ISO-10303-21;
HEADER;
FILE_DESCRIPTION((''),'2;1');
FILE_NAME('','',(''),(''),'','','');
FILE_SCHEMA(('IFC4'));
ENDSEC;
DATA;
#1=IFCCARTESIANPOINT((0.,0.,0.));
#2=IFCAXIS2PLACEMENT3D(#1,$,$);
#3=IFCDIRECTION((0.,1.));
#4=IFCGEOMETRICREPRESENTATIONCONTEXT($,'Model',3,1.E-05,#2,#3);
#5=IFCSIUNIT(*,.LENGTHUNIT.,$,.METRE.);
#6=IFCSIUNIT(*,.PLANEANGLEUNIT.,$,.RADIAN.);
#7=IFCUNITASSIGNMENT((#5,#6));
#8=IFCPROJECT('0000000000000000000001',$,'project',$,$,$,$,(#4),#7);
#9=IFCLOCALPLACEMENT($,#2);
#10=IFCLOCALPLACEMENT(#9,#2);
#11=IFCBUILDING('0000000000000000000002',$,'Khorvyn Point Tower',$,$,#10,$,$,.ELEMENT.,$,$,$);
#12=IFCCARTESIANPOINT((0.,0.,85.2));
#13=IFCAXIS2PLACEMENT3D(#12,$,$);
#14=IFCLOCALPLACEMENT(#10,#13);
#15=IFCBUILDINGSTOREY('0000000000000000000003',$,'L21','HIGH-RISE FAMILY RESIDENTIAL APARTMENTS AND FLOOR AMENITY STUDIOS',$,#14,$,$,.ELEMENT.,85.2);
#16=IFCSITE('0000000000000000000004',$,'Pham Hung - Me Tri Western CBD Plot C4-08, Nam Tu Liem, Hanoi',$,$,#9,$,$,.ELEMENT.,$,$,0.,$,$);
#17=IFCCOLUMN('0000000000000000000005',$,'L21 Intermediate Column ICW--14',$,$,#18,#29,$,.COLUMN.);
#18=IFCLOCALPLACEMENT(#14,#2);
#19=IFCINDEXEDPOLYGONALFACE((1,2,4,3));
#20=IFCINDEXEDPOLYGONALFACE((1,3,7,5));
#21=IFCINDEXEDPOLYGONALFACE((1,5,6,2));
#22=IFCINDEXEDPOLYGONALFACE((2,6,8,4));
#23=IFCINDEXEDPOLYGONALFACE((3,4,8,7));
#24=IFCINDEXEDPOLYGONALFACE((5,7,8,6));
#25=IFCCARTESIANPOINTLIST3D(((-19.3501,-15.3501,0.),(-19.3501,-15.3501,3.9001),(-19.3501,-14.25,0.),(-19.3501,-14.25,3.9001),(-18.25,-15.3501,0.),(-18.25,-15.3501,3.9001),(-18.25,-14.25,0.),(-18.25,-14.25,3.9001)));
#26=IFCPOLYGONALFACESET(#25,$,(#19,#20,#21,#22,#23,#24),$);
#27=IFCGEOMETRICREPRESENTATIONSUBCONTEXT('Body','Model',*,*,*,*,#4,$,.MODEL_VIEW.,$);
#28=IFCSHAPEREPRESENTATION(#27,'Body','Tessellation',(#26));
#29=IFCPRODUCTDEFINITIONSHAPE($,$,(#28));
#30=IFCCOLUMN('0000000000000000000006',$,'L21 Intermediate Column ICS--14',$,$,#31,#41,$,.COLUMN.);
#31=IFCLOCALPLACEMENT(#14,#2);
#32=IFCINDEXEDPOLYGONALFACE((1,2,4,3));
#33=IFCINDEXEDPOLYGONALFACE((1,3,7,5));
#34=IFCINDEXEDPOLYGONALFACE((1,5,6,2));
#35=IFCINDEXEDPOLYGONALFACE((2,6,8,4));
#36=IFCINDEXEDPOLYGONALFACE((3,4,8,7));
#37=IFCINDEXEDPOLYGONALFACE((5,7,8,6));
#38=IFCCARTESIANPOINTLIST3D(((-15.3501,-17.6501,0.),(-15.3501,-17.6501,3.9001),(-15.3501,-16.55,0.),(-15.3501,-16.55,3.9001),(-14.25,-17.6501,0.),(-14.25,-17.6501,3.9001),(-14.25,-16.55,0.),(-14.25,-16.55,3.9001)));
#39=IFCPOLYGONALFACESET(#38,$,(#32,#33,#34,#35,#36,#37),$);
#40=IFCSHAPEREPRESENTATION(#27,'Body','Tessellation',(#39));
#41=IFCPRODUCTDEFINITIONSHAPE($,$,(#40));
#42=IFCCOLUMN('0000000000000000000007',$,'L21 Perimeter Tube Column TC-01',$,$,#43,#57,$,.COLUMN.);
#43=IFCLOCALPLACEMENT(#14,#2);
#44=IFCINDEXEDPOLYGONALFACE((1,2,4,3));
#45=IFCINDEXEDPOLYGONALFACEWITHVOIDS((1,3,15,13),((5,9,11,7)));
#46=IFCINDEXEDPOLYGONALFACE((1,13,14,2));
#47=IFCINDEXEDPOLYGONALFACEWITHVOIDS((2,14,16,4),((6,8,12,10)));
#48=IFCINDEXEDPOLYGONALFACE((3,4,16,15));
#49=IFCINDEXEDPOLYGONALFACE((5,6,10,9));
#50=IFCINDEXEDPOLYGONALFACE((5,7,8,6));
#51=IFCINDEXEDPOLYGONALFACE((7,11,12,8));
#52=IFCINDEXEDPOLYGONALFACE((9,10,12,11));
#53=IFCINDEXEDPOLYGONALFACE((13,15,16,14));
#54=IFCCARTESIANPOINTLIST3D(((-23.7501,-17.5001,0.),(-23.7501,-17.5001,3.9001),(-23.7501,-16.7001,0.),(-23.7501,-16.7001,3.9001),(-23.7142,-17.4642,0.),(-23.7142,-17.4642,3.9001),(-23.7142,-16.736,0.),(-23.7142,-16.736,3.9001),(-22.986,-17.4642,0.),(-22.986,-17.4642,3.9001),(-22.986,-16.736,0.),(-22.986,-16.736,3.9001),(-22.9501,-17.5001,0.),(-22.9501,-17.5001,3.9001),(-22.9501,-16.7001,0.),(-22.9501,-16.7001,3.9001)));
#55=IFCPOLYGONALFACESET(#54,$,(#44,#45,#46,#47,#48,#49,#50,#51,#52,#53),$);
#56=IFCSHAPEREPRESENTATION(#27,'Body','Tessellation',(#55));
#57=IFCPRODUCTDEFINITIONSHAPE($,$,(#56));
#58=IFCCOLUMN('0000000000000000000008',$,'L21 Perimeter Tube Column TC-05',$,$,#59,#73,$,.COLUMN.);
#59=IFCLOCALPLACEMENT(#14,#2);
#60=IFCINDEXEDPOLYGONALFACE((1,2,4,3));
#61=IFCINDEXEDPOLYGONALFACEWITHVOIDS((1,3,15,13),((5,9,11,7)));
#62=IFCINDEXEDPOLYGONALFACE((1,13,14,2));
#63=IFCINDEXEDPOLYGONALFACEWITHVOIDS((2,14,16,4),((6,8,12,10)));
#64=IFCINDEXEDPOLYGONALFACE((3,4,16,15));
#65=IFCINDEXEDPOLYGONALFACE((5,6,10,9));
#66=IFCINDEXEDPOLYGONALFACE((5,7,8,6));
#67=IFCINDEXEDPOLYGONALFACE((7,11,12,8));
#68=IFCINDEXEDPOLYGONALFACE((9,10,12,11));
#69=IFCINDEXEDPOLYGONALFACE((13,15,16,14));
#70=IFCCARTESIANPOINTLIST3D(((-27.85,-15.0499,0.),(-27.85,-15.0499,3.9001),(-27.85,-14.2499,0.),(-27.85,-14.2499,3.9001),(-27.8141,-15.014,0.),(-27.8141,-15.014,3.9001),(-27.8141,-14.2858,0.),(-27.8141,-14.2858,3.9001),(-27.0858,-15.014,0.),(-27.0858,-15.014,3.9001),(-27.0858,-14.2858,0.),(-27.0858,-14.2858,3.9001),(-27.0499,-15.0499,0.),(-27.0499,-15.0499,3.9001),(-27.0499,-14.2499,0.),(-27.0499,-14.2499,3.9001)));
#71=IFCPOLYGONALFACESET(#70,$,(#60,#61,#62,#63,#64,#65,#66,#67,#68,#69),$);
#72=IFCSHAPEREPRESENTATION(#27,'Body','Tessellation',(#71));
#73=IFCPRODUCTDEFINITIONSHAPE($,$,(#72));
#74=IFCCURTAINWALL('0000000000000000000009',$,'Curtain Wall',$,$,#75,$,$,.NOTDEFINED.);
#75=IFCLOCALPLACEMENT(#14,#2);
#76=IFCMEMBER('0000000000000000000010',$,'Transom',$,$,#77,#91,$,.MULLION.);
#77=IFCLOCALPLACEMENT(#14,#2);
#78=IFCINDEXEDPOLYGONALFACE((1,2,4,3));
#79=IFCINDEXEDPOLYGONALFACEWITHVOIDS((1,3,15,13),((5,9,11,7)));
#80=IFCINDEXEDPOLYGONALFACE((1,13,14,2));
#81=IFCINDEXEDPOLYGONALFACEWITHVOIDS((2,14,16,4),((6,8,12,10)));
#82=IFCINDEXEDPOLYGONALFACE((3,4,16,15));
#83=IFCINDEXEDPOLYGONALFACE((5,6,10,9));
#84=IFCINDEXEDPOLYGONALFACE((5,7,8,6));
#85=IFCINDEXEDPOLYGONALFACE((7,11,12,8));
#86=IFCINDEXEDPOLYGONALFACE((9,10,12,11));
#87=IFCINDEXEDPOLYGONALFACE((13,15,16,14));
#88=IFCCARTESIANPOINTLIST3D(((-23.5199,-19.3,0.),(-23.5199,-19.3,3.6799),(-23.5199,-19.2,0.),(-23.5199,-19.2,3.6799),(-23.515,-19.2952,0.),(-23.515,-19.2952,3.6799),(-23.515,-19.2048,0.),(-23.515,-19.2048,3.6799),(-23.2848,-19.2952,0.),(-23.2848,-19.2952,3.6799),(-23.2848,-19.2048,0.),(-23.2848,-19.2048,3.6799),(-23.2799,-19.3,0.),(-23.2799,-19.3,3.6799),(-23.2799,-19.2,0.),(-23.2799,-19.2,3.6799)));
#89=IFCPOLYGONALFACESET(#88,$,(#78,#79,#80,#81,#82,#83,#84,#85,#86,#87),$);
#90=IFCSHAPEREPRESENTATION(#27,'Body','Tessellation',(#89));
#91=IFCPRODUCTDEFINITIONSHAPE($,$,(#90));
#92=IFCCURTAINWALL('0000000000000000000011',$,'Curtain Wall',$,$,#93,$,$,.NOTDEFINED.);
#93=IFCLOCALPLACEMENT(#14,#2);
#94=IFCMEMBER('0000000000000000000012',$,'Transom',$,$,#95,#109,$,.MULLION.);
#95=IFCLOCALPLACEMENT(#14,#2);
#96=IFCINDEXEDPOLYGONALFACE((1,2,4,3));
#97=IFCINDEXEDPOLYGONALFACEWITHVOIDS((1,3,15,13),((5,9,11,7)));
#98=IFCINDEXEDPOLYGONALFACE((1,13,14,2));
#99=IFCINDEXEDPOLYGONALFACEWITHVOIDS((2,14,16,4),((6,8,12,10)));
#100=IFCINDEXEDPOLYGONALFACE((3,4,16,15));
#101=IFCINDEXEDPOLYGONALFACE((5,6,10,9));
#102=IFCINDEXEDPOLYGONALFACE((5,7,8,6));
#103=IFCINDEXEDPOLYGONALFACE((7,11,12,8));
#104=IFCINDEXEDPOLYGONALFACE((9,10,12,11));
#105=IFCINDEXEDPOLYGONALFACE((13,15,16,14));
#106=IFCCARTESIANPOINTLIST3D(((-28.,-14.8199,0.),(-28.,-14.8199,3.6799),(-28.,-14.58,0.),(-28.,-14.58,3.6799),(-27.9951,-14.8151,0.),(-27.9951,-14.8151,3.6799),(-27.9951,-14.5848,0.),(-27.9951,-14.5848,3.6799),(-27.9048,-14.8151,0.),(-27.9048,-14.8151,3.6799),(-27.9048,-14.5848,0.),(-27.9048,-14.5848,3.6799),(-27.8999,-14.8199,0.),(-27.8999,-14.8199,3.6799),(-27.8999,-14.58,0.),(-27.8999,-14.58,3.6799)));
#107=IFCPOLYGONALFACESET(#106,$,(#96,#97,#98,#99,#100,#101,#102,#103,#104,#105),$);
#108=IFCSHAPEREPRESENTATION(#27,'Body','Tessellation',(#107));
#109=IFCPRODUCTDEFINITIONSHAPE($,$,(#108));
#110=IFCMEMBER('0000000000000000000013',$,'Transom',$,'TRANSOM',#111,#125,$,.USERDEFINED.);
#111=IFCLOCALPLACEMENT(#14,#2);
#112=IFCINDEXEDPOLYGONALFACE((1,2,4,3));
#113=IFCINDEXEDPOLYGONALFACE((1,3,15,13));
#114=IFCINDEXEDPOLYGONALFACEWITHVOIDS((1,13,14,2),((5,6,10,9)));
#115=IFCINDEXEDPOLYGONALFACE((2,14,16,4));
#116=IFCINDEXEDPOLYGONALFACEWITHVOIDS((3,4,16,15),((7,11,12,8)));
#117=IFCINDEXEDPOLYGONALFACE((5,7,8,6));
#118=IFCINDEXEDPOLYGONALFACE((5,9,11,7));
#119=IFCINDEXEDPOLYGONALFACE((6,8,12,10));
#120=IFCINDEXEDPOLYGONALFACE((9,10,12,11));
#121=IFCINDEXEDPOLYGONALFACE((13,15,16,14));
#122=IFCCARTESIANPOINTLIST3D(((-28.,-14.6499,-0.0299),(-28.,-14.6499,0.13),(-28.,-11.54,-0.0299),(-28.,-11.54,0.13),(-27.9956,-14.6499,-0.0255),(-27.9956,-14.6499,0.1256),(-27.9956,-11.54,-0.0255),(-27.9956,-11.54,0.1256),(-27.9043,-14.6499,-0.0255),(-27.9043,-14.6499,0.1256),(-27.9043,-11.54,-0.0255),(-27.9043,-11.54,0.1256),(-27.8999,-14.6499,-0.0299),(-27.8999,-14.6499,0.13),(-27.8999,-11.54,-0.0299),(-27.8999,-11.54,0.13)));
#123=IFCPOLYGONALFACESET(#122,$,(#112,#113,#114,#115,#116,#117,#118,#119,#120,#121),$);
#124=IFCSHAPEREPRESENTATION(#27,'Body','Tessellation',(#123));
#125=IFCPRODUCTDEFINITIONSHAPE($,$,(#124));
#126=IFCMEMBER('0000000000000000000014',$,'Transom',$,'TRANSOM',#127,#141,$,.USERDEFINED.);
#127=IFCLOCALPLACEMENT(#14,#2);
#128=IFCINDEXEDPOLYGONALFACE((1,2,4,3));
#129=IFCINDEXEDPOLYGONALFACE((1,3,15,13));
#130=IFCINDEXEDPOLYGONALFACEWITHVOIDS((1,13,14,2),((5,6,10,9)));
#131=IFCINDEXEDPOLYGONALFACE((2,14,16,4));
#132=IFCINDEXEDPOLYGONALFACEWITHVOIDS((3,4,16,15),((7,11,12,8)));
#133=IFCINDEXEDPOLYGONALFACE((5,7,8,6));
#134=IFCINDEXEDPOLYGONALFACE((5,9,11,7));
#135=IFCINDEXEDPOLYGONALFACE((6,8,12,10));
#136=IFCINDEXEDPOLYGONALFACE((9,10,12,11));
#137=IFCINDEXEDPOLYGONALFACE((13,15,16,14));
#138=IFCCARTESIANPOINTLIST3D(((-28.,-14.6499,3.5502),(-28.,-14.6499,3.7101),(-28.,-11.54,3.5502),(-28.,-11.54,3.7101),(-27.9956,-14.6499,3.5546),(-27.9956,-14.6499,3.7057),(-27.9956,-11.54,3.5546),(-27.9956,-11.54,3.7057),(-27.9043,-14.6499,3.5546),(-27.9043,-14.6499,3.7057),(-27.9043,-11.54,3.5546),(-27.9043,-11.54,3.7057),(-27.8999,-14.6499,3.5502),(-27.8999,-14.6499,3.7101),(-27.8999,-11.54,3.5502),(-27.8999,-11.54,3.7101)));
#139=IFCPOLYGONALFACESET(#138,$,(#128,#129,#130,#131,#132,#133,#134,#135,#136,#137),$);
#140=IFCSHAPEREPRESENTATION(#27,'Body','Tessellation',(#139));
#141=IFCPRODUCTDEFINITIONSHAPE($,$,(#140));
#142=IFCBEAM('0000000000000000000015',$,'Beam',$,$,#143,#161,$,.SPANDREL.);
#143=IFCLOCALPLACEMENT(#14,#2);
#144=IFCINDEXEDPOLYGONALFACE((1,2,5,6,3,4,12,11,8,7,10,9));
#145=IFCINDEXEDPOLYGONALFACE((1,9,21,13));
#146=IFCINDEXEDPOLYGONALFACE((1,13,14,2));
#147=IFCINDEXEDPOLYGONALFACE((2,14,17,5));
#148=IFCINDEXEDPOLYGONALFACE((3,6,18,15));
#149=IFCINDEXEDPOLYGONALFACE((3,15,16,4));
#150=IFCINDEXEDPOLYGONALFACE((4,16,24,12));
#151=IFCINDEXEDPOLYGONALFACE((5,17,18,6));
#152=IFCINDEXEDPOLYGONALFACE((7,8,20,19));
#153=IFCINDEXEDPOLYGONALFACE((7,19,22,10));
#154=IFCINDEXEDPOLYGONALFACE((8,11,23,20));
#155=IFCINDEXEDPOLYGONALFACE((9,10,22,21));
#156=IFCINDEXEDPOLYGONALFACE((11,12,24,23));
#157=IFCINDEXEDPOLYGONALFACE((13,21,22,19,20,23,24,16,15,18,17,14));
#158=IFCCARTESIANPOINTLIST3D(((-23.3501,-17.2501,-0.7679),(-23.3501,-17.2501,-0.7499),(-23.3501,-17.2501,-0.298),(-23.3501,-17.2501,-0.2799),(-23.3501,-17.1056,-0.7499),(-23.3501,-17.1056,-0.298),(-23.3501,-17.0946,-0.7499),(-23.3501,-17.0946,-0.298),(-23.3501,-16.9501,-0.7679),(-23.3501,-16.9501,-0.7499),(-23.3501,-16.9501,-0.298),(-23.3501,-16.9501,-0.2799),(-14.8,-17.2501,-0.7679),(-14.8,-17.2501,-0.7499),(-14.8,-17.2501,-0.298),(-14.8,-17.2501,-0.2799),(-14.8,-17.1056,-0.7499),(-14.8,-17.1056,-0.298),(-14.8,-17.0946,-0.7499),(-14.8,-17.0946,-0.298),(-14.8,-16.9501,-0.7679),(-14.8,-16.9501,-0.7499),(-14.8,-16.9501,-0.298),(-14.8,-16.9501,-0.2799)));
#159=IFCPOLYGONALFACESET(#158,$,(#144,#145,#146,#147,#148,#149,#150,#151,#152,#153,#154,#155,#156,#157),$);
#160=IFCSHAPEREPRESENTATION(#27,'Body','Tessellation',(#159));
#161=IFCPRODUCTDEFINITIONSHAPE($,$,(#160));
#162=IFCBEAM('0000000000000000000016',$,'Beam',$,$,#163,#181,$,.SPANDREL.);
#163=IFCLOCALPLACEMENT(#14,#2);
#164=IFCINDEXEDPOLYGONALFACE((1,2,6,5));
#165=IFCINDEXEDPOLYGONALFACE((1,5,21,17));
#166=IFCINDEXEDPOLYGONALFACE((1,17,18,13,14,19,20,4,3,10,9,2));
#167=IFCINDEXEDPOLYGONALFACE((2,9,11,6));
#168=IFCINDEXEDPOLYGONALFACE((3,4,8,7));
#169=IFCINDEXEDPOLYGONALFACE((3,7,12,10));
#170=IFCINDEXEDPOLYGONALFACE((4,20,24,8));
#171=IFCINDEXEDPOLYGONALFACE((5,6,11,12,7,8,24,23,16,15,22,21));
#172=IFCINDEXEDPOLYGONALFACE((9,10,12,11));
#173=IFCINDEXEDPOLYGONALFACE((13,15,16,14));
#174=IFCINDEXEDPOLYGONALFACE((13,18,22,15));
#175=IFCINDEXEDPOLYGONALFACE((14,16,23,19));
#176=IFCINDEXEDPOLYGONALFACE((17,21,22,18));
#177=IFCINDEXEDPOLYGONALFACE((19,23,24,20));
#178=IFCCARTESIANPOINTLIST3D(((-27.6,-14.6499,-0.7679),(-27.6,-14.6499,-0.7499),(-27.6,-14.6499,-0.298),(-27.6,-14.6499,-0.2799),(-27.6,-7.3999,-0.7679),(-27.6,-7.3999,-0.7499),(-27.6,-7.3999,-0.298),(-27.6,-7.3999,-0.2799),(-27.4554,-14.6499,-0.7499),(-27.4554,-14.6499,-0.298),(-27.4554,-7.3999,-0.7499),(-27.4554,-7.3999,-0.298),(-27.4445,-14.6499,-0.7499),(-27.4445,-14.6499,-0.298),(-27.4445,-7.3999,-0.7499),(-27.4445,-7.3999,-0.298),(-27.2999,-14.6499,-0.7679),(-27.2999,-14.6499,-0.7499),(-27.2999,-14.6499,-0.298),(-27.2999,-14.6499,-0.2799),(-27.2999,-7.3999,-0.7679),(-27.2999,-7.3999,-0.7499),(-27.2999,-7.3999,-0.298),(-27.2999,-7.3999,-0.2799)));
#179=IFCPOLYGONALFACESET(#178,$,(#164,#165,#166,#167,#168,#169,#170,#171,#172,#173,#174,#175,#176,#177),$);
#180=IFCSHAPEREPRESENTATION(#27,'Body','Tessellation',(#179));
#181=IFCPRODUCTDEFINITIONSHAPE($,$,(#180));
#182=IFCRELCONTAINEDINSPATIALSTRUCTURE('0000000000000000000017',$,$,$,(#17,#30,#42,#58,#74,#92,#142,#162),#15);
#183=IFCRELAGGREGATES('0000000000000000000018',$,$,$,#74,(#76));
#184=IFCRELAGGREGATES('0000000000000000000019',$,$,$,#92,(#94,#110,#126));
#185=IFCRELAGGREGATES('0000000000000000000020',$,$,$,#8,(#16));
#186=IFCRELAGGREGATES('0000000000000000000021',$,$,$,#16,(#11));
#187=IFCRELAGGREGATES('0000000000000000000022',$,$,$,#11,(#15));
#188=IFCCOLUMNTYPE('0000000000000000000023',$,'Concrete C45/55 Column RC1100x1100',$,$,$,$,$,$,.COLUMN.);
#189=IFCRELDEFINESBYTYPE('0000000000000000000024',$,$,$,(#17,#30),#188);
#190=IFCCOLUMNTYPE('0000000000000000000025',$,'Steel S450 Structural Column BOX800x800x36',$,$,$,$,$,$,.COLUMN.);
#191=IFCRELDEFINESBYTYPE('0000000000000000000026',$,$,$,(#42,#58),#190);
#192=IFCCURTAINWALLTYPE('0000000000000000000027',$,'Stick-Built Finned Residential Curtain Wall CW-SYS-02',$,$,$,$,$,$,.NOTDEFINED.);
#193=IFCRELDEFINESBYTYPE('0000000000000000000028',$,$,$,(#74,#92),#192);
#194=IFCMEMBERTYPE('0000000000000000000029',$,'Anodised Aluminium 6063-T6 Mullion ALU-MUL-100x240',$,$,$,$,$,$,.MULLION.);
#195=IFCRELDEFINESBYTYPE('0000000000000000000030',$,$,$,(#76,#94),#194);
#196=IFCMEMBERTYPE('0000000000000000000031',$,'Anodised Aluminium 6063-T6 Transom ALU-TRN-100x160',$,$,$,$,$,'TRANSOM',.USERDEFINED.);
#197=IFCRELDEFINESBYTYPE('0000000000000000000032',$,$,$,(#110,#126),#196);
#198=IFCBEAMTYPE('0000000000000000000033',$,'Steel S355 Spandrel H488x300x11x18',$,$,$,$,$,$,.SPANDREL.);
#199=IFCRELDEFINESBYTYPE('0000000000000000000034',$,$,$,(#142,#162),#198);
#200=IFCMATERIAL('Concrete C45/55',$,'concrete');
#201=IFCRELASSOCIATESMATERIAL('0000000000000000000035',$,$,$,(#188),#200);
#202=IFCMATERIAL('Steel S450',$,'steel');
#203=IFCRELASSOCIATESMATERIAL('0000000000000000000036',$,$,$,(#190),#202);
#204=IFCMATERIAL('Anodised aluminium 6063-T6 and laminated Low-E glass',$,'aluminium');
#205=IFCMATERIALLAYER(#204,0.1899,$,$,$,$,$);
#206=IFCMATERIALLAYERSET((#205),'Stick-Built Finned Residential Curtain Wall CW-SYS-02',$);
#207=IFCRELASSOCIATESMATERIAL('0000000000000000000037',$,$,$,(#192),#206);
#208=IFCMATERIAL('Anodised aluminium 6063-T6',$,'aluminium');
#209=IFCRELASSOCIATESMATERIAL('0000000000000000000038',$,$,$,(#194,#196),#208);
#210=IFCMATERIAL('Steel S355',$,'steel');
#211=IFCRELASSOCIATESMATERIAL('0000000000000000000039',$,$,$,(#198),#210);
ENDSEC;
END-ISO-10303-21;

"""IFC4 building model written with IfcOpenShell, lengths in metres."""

from ifc_helpers import new_model, si_unit, direction, frame, origin, origin_2d, place, context, subcontext, project, spatial, rectangle, hollow_rectangle, i_section, extrude, material, layer, layer_set, material_profile, profile_set, type_object, element, aggregate, save


model = new_model("IFC4")

# Units and contexts
model_context = context("Model", 3, precision=1e-05, world=origin(), true_north=direction((0.0, 1.0)))
body_context = subcontext(model_context, "Body", "Model", "MODEL_VIEW")
ifc_project = project(units=[si_unit("LENGTHUNIT", "METRE"), si_unit("PLANEANGLEUNIT", "RADIAN")], contexts=[model_context])

# Site, building, storey
site_placement = place(None, origin())
site = spatial("IfcSite", under=ifc_project, at=site_placement, Name="Pham Hung - Me Tri Western CBD Plot C4-08, Nam Tu Liem, Hanoi", CompositionType="ELEMENT", RefElevation=0.0)
building_placement = place(site_placement, origin())
building = spatial("IfcBuilding", under=site, at=building_placement, Name="Khorvyn Point Tower", CompositionType="ELEMENT")
storey_placement = place(building_placement, frame((0.0, 0.0, 85.2)))
storey = spatial("IfcBuildingStorey", under=building, at=storey_placement, Name="L21", Description="HIGH-RISE FAMILY RESIDENTIAL APARTMENTS AND FLOOR AMENITY STUDIOS", CompositionType="ELEMENT", Elevation=85.2)

# Columns
ifc_material_1 = material(Name="Concrete C45/55", Category="concrete")
ifc_material_profile_1 = material_profile(ifc_material_1, rectangle(XDim=1.1001, YDim=1.1001, at=origin_2d()))
ifc_profile_set_1 = profile_set([ifc_material_profile_1], Name="Concrete C45/55 RC1100x1100")
column_type_1 = type_object("IfcColumnType", Name="Concrete C45/55 Column RC1100x1100", PredefinedType="COLUMN", material=ifc_profile_set_1)
for number, where, z_axis, x_axis, name in (
    (1, (-18.8, -14.8, 0.0), (0.0, 0.0, 1.0), (1.0, 0.0, 0.0), "L21 Intermediate Column ICW--14"),
    (2, (-14.8, -17.1001, 0.0), (0.0, 0.0, 1.0), (1.0, 0.0, 0.0), "L21 Intermediate Column ICS--14"),
):
    element("IfcColumn", number, at=place(storey_placement, frame(where, z_axis=z_axis, x_axis=x_axis)), inside=storey, type_object=column_type_1, Name=name, PredefinedType="COLUMN", context=body_context, shape_type="SweptSolid", body=[
        extrude(rectangle(XDim=1.1001, YDim=1.1001, at=origin_2d()), origin(), (0.0, 0.0, 1.0), 3.9001),
    ])
ifc_material_2 = material(Name="Steel S450", Category="steel")
ifc_material_profile_2 = material_profile(ifc_material_2, hollow_rectangle(XDim=0.8, YDim=0.8, WallThickness=0.0359, at=origin_2d()))
ifc_profile_set_2 = profile_set([ifc_material_profile_2], Name="Steel S450 BOX800x800x36")
column_type_2 = type_object("IfcColumnType", Name="Steel S450 Structural Column BOX800x800x36", PredefinedType="COLUMN", material=ifc_profile_set_2)
for number, where, z_axis, x_axis, name in (
    (3, (-23.3501, -17.1001, 0.0), (0.0, 0.0, 1.0), (1.0, 0.0, 0.0), "L21 Perimeter Tube Column TC-01"),
    (4, (-27.45, -14.6499, 0.0), (0.0, 0.0, 1.0), (1.0, 0.0, 0.0), "L21 Perimeter Tube Column TC-05"),
):
    element("IfcColumn", number, at=place(storey_placement, frame(where, z_axis=z_axis, x_axis=x_axis)), inside=storey, type_object=column_type_2, Name=name, PredefinedType="COLUMN", context=body_context, shape_type="SweptSolid", body=[
        extrude(hollow_rectangle(XDim=0.8, YDim=0.8, WallThickness=0.0359, at=origin_2d()), origin(), (0.0, 0.0, 1.0), 3.9001),
    ])

# Curtain wall, member
ifc_material_3 = material(Name="Anodised aluminium 6063-T6 and laminated Low-E glass", Category="aluminium")
ifc_layer_1 = layer(ifc_material_3, 0.1899)
ifc_layer_set_1 = layer_set([ifc_layer_1], Name="Stick-Built Finned Residential Curtain Wall CW-SYS-02")
curtain_wall_type = type_object("IfcCurtainWallType", Name="Stick-Built Finned Residential Curtain Wall CW-SYS-02", PredefinedType="NOTDEFINED", material=ifc_layer_set_1)
curtain_wall_1_placement = place(storey_placement, origin())
curtain_wall_1 = element("IfcCurtainWall", 5, at=curtain_wall_1_placement, inside=storey, type_object=curtain_wall_type, Name="Curtain Wall", PredefinedType="NOTDEFINED")
ifc_material_4 = material(Name="Anodised aluminium 6063-T6", Category="aluminium")
ifc_material_profile_3 = material_profile(ifc_material_4, hollow_rectangle(XDim=0.1001, YDim=0.24, WallThickness=0.0049, at=origin_2d()))
ifc_profile_set_3 = profile_set([ifc_material_profile_3], Name="Anodised aluminium 6063-T6 ALU-MUL-100x240")
member_type_1 = type_object("IfcMemberType", Name="Anodised Aluminium 6063-T6 Mullion ALU-MUL-100x240", PredefinedType="MULLION", material=ifc_profile_set_3)
member_1_placement = place(storey_placement, frame((-23.3999, -19.25, 0.0), z_axis=(0.0, 0.0, 1.0), x_axis=(0.0, -1.0, 0.0)))
member_1 = element("IfcMember", 6, at=member_1_placement, type_object=member_type_1, Name="Transom", PredefinedType="MULLION", context=body_context, shape_type="SweptSolid", body=[
    extrude(hollow_rectangle(XDim=0.1001, YDim=0.24, WallThickness=0.0049, at=origin_2d()), origin(), (0.0, 0.0, 1.0), 3.6799),
])

# Curtain wall, members
curtain_wall_2_placement = place(storey_placement, origin())
curtain_wall_2 = element("IfcCurtainWall", 7, at=curtain_wall_2_placement, inside=storey, type_object=curtain_wall_type, Name="Curtain Wall", PredefinedType="NOTDEFINED")
member_2_placement = place(storey_placement, frame((-27.95, -14.7, 0.0), z_axis=(0.0, 0.0, 1.0), x_axis=(-1.0, 0.0, 0.0)))
member_2 = element("IfcMember", 8, at=member_2_placement, type_object=member_type_1, Name="Transom", PredefinedType="MULLION", context=body_context, shape_type="SweptSolid", body=[
    extrude(hollow_rectangle(XDim=0.1001, YDim=0.24, WallThickness=0.0049, at=origin_2d()), origin(), (0.0, 0.0, 1.0), 3.6799),
])
ifc_material_profile_4 = material_profile(ifc_material_4, hollow_rectangle(XDim=0.1001, YDim=0.1599, WallThickness=0.0044, at=origin_2d()))
ifc_profile_set_4 = profile_set([ifc_material_profile_4], Name="Anodised aluminium 6063-T6 ALU-TRN-100x160")
member_type_2 = type_object("IfcMemberType", Name="Anodised Aluminium 6063-T6 Transom ALU-TRN-100x160", ElementType="TRANSOM", PredefinedType="USERDEFINED", material=ifc_profile_set_4)
member_3_placement = place(storey_placement, frame((-27.95, -14.6499, 0.05), z_axis=(0.0, 1.0, 0.0), x_axis=(-1.0, 0.0, 0.0)))
member_3 = element("IfcMember", 9, at=member_3_placement, type_object=member_type_2, Name="Transom", ObjectType="TRANSOM", PredefinedType="USERDEFINED", context=body_context, shape_type="SweptSolid", body=[
    extrude(hollow_rectangle(XDim=0.1001, YDim=0.1599, WallThickness=0.0044, at=origin_2d()), origin(), (0.0, 0.0, 1.0), 3.1099),
])
member_4_placement = place(storey_placement, frame((-27.95, -14.6499, 3.6301), z_axis=(0.0, 1.0, 0.0), x_axis=(-1.0, 0.0, 0.0)))
member_4 = element("IfcMember", 10, at=member_4_placement, type_object=member_type_2, Name="Transom", ObjectType="TRANSOM", PredefinedType="USERDEFINED", context=body_context, shape_type="SweptSolid", body=[
    extrude(hollow_rectangle(XDim=0.1001, YDim=0.1599, WallThickness=0.0044, at=origin_2d()), origin(), (0.0, 0.0, 1.0), 3.1099),
])

# Beams
ifc_material_5 = material(Name="Steel S355", Category="steel")
ifc_material_profile_5 = material_profile(ifc_material_5, i_section(OverallWidth=0.3, OverallDepth=0.488, WebThickness=0.011, FlangeThickness=0.0181, at=origin_2d()))
ifc_profile_set_5 = profile_set([ifc_material_profile_5], Name="Steel S355 H488x300x11x18")
beam_type_1 = type_object("IfcBeamType", Name="Steel S355 Spandrel H488x300x11x18", PredefinedType="SPANDREL", material=ifc_profile_set_5)
beam_1_placement = place(storey_placement, frame((-23.3501, -17.1001, -0.5239), z_axis=(1.0, 0.0, 0.0), x_axis=(0.0, 1.0, 0.0)))
element("IfcBeam", 11, at=beam_1_placement, inside=storey, type_object=beam_type_1, Name="Beam", PredefinedType="SPANDREL", context=body_context, shape_type="SweptSolid", body=[
    extrude(i_section(OverallWidth=0.3, OverallDepth=0.488, WebThickness=0.011, FlangeThickness=0.0181, at=origin_2d()), origin(), (0.0, 0.0, 1.0), 8.55),
])
beam_2_placement = place(storey_placement, frame((-27.45, -14.6499, -0.5239), z_axis=(0.0, 1.0, 0.0), x_axis=(-1.0, 0.0, 0.0)))
element("IfcBeam", 12, at=beam_2_placement, inside=storey, type_object=beam_type_1, Name="Beam", PredefinedType="SPANDREL", context=body_context, shape_type="SweptSolid", body=[
    extrude(i_section(OverallWidth=0.3, OverallDepth=0.488, WebThickness=0.011, FlangeThickness=0.0181, at=origin_2d()), origin(), (0.0, 0.0, 1.0), 7.25),
])

aggregate(curtain_wall_1, [member_1])
aggregate(curtain_wall_2, [member_2, member_3, member_4])

save(model, "model.ifc")
